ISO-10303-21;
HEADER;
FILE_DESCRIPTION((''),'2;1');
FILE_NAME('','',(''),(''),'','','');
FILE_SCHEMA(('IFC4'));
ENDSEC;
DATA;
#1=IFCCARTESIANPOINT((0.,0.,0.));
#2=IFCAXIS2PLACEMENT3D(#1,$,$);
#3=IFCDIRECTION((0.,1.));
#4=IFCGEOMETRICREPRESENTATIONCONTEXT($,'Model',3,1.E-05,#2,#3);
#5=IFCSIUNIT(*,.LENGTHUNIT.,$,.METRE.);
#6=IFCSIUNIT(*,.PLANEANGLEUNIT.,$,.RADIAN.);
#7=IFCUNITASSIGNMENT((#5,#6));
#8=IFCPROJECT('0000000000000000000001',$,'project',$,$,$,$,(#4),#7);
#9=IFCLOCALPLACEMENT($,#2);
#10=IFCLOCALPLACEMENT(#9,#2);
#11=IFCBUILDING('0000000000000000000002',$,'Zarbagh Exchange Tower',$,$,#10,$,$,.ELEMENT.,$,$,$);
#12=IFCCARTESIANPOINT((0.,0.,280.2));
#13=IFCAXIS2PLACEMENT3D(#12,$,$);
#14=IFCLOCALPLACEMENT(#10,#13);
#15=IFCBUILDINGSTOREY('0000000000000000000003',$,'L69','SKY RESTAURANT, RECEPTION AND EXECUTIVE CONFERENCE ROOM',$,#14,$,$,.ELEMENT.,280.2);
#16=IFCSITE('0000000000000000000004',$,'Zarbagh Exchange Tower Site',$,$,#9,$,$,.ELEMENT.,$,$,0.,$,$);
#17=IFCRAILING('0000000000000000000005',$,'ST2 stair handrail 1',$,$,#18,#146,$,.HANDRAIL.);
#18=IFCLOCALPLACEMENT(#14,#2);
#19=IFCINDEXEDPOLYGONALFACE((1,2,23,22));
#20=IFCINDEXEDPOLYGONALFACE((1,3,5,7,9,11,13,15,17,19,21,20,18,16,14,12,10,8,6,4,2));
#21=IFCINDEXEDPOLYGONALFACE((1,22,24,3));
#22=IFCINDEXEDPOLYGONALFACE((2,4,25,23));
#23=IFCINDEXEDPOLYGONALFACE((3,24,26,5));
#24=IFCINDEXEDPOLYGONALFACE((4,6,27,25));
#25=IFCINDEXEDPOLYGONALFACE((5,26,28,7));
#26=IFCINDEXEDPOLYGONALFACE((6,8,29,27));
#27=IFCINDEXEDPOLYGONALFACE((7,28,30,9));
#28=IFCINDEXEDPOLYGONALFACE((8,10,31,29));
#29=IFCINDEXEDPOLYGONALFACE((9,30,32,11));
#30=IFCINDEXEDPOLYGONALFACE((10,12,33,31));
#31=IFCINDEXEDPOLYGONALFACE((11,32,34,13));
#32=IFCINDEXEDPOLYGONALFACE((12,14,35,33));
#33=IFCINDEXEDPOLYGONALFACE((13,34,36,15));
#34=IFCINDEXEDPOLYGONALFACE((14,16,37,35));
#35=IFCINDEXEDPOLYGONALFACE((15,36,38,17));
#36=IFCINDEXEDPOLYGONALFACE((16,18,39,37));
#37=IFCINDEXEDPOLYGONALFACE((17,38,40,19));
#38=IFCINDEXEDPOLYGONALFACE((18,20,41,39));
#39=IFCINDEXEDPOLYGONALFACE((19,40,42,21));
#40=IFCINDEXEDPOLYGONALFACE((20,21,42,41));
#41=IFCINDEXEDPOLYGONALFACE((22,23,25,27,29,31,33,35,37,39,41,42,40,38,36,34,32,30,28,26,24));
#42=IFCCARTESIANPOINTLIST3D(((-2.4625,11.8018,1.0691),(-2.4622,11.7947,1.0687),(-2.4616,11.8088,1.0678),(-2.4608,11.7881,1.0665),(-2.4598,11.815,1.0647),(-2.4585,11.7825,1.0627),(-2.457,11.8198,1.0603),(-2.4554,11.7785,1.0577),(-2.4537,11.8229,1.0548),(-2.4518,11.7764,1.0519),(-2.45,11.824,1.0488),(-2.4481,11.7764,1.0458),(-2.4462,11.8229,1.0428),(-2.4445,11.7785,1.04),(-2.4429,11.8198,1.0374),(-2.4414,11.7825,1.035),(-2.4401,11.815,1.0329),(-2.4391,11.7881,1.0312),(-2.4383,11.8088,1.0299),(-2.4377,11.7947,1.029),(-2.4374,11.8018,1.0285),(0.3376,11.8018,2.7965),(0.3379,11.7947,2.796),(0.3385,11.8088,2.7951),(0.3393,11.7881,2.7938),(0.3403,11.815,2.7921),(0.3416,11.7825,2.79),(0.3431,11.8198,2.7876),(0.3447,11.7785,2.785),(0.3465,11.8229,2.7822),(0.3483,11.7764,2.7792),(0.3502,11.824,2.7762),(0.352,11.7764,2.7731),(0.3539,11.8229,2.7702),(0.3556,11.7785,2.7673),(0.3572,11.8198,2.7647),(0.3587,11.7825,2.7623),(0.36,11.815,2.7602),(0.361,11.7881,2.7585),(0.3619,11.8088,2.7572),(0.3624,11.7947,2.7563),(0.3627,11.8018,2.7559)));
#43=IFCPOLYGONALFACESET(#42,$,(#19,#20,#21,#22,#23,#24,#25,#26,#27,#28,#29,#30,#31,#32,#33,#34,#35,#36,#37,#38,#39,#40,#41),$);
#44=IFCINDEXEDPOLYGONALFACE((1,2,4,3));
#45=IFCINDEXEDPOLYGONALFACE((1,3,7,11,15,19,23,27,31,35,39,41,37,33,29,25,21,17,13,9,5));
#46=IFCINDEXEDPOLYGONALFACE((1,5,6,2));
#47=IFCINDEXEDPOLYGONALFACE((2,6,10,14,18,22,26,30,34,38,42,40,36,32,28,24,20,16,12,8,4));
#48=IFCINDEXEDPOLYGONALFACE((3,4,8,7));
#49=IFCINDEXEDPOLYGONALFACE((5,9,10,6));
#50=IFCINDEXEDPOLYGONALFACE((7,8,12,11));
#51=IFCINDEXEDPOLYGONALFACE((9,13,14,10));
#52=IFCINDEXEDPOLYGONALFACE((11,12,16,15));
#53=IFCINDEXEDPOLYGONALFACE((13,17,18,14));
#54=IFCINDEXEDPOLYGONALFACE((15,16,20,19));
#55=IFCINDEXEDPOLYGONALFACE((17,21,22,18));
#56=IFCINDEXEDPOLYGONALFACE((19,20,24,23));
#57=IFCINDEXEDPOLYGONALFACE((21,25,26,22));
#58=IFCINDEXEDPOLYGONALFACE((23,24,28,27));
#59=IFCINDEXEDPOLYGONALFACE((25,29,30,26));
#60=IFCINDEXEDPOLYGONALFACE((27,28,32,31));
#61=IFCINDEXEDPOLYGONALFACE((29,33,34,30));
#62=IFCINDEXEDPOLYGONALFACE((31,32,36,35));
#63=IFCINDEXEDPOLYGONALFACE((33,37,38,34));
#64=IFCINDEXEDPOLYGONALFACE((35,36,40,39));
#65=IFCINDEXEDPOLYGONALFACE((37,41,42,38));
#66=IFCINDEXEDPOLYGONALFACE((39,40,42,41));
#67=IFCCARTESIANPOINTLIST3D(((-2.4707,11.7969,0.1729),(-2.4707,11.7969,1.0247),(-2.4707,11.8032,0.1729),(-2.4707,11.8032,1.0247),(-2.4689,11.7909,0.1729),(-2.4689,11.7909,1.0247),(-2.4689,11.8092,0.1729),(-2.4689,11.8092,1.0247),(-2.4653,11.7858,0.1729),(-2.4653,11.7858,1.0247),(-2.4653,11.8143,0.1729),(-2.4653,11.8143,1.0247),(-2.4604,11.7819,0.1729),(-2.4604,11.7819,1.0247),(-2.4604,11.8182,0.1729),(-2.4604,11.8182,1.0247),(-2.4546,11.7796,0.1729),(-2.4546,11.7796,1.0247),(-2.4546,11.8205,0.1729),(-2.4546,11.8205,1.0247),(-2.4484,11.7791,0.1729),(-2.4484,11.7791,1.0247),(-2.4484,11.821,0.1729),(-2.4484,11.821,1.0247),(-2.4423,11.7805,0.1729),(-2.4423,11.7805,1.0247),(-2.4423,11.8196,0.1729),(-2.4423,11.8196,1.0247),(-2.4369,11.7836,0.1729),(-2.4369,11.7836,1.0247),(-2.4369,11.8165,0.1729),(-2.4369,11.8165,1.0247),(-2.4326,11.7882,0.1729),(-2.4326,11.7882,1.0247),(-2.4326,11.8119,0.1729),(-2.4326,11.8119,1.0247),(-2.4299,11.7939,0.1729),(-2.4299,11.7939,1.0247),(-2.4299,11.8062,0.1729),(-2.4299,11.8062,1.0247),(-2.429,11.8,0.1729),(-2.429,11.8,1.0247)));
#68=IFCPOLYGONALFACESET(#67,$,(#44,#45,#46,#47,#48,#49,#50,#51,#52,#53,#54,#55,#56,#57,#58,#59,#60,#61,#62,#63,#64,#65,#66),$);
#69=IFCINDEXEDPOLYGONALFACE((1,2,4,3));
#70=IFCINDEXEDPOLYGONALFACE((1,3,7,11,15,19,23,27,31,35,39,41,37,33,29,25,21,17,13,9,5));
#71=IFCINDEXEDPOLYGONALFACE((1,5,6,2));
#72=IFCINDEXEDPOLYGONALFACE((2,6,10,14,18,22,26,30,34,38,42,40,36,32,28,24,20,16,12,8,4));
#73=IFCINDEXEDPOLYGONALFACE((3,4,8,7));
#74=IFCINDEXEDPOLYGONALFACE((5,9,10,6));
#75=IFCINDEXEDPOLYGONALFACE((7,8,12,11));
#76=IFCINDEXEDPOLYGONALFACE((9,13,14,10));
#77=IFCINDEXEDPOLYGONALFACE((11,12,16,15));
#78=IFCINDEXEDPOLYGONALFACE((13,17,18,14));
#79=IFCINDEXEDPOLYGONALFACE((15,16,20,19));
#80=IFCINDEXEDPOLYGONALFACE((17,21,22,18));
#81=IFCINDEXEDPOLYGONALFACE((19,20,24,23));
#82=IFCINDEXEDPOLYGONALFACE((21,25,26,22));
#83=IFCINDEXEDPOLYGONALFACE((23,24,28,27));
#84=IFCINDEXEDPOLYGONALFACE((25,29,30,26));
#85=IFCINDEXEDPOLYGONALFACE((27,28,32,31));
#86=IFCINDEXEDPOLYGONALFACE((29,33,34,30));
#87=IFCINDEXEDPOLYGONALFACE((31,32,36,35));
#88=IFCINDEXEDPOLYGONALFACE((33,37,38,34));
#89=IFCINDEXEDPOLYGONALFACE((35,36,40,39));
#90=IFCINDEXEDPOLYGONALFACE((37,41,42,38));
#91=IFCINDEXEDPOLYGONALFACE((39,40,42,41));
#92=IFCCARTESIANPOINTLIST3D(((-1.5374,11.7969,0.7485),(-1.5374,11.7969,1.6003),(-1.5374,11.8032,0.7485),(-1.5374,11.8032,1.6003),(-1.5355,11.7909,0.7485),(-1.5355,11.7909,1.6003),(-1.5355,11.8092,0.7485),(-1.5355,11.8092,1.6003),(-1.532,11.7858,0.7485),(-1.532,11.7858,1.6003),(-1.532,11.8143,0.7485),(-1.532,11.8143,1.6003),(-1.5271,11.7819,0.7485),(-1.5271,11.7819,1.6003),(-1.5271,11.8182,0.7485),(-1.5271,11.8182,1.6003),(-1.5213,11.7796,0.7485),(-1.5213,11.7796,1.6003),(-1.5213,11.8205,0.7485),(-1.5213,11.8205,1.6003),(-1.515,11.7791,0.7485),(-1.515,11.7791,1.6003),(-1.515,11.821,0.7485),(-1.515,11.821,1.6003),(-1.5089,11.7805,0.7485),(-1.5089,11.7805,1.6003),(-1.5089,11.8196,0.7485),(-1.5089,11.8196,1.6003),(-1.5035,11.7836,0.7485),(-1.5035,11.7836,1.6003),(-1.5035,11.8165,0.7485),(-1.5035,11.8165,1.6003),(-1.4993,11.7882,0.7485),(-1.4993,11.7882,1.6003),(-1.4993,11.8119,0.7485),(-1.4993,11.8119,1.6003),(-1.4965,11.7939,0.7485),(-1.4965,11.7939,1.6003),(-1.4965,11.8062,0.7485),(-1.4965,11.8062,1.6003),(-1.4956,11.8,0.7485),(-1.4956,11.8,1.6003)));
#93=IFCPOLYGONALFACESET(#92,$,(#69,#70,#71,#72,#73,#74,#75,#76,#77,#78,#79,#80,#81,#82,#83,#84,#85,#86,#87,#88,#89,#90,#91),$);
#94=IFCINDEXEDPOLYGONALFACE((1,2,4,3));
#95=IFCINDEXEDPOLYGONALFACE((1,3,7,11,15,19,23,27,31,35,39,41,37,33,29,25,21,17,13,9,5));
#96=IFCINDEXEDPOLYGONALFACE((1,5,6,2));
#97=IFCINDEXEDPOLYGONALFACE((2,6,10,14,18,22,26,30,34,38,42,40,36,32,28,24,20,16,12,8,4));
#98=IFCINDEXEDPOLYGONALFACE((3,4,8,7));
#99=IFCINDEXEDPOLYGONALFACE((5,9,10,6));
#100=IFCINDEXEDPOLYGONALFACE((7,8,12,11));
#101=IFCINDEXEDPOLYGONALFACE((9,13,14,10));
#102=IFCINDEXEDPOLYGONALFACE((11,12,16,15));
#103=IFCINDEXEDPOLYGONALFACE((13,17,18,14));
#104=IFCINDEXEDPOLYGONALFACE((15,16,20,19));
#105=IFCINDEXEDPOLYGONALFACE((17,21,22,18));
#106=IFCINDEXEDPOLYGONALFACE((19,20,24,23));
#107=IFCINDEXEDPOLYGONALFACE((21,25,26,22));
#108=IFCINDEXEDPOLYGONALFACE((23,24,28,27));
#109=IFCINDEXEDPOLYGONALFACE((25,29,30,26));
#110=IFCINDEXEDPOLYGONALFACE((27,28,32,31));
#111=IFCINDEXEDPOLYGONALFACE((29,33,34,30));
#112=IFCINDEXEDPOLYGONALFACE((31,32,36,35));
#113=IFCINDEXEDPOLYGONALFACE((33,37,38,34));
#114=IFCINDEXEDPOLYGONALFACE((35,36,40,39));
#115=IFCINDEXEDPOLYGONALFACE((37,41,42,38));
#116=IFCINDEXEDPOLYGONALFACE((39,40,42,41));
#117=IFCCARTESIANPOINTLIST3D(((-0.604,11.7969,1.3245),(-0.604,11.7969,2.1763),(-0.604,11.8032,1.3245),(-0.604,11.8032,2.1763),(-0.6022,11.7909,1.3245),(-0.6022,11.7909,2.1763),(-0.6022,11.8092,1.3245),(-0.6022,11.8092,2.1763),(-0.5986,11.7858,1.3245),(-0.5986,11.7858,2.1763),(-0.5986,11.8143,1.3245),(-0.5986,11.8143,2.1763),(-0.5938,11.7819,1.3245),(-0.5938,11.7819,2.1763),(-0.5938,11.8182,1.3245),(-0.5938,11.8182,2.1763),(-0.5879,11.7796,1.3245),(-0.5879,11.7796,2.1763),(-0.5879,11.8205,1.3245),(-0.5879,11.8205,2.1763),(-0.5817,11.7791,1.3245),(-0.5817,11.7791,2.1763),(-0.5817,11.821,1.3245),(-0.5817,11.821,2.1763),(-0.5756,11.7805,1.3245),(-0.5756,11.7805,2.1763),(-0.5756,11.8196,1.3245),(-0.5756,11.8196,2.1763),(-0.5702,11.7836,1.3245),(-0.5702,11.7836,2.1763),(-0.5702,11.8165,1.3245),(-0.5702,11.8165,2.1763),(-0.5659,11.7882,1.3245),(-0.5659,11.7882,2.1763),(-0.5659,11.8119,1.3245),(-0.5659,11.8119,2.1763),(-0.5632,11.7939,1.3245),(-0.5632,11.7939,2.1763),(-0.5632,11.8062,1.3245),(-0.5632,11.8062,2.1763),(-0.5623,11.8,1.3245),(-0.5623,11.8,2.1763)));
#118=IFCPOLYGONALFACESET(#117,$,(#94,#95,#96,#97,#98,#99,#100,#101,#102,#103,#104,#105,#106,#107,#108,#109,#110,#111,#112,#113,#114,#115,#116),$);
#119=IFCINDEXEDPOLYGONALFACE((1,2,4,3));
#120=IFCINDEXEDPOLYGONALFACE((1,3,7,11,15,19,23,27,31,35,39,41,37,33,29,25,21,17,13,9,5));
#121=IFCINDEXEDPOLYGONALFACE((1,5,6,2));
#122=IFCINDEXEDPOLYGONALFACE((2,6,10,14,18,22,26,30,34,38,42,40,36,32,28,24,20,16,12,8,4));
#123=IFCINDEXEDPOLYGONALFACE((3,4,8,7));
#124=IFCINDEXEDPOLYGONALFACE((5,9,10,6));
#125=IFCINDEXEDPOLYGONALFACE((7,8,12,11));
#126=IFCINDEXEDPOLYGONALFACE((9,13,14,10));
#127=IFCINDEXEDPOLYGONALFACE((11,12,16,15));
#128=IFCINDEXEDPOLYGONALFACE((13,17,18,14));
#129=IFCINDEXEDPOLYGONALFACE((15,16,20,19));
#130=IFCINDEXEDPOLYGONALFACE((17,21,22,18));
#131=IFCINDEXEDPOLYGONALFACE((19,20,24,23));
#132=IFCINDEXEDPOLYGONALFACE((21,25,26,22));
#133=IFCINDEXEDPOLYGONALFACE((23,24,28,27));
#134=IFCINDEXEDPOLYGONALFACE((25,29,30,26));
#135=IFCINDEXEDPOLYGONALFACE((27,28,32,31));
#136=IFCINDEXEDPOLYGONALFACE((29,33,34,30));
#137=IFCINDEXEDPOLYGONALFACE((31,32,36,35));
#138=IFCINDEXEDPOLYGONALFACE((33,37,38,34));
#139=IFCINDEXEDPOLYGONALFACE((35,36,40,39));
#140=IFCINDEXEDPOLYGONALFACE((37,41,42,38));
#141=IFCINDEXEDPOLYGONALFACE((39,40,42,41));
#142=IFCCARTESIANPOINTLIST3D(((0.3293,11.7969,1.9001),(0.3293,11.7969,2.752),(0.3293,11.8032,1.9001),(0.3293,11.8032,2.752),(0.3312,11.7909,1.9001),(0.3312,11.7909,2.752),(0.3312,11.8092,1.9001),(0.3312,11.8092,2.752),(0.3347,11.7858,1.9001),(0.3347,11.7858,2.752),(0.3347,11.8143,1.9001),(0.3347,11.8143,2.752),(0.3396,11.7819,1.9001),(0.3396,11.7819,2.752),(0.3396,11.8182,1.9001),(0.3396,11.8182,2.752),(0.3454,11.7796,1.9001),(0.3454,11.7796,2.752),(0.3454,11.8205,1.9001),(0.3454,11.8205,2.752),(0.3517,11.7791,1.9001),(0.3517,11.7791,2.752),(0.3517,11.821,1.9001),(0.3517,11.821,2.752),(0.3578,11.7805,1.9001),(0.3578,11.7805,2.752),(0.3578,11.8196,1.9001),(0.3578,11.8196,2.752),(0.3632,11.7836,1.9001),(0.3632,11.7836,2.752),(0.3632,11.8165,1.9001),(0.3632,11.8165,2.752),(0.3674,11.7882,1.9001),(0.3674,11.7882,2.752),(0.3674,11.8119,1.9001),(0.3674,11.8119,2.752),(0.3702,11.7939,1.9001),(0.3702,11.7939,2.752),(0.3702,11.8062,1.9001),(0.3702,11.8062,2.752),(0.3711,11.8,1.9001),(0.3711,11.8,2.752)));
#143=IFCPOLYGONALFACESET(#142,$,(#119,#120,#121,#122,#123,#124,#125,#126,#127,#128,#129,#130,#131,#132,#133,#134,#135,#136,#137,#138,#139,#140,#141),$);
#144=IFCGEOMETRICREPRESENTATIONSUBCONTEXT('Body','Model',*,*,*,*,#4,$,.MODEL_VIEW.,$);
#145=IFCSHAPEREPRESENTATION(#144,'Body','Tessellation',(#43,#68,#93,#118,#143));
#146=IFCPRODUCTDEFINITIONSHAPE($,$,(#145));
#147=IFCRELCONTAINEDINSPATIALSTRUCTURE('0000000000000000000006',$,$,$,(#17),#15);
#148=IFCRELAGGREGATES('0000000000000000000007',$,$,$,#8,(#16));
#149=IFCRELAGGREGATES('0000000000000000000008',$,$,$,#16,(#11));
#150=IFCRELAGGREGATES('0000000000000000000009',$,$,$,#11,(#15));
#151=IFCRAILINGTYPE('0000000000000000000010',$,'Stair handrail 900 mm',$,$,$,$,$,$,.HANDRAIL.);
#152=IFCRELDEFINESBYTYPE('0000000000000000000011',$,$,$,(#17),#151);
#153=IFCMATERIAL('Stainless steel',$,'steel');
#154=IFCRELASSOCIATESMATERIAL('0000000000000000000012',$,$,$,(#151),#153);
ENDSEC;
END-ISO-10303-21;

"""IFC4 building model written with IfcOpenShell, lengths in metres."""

from ifc_helpers import new_model, si_unit, direction, frame, origin, origin_2d, place, context, subcontext, project, spatial, circle, extrude, material, type_object, element, save


model = new_model("IFC4")

# Units and contexts
model_context = context("Model", 3, precision=1e-05, world=origin(), true_north=direction((0.0, 1.0)))
body_context = subcontext(model_context, "Body", "Model", "MODEL_VIEW")
ifc_project = project(units=[si_unit("LENGTHUNIT", "METRE"), si_unit("PLANEANGLEUNIT", "RADIAN")], contexts=[model_context])

# Site, building, storey
site_placement = place(None, origin())
site = spatial("IfcSite", under=ifc_project, at=site_placement, Name="Zarbagh Exchange Tower Site", CompositionType="ELEMENT", RefElevation=0.0)
building_placement = place(site_placement, origin())
building = spatial("IfcBuilding", under=site, at=building_placement, Name="Zarbagh Exchange Tower", CompositionType="ELEMENT")
storey_placement = place(building_placement, frame((0.0, 0.0, 280.2)))
storey = spatial("IfcBuildingStorey", under=building, at=storey_placement, Name="L69", Description="SKY RESTAURANT, RECEPTION AND EXECUTIVE CONFERENCE ROOM", CompositionType="ELEMENT", Elevation=280.2)

# Railing
ifc_material_1 = material(Name="Stainless steel", Category="steel")
railing_type = type_object("IfcRailingType", Name="Stair handrail 900 mm", PredefinedType="HANDRAIL", material=ifc_material_1)
railing_1_placement = place(storey_placement, frame((-2.45, 11.8, 0.1729)))
element("IfcRailing", 1, at=railing_1_placement, inside=storey, type_object=railing_type, Name="ST2 stair handrail 1", PredefinedType="HANDRAIL", context=body_context, shape_type="SweptSolid", body=[
    extrude(circle(Radius=0.0239, at=origin_2d()), frame((0.0, 0.0, 0.876), z_axis=(0.85109, 0.0, 0.52502), x_axis=(0.0, 1.0, 0.0)), (0.0, 0.0, 1.0), 3.29),
    extrude(circle(Radius=0.021, at=origin_2d()), origin(), (0.0, 0.0, 1.0), 0.8518),
    extrude(circle(Radius=0.021, at=origin_2d()), frame((0.9333, 0.0, 0.5757)), (0.0, 0.0, 1.0), 0.8518),
    extrude(circle(Radius=0.021, at=origin_2d()), frame((1.8667, 0.0, 1.1516)), (0.0, 0.0, 1.0), 0.8518),
    extrude(circle(Radius=0.021, at=origin_2d()), frame((2.8, 0.0, 1.7273)), (0.0, 0.0, 1.0), 0.8518),
])

save(model, "model.ifc")
